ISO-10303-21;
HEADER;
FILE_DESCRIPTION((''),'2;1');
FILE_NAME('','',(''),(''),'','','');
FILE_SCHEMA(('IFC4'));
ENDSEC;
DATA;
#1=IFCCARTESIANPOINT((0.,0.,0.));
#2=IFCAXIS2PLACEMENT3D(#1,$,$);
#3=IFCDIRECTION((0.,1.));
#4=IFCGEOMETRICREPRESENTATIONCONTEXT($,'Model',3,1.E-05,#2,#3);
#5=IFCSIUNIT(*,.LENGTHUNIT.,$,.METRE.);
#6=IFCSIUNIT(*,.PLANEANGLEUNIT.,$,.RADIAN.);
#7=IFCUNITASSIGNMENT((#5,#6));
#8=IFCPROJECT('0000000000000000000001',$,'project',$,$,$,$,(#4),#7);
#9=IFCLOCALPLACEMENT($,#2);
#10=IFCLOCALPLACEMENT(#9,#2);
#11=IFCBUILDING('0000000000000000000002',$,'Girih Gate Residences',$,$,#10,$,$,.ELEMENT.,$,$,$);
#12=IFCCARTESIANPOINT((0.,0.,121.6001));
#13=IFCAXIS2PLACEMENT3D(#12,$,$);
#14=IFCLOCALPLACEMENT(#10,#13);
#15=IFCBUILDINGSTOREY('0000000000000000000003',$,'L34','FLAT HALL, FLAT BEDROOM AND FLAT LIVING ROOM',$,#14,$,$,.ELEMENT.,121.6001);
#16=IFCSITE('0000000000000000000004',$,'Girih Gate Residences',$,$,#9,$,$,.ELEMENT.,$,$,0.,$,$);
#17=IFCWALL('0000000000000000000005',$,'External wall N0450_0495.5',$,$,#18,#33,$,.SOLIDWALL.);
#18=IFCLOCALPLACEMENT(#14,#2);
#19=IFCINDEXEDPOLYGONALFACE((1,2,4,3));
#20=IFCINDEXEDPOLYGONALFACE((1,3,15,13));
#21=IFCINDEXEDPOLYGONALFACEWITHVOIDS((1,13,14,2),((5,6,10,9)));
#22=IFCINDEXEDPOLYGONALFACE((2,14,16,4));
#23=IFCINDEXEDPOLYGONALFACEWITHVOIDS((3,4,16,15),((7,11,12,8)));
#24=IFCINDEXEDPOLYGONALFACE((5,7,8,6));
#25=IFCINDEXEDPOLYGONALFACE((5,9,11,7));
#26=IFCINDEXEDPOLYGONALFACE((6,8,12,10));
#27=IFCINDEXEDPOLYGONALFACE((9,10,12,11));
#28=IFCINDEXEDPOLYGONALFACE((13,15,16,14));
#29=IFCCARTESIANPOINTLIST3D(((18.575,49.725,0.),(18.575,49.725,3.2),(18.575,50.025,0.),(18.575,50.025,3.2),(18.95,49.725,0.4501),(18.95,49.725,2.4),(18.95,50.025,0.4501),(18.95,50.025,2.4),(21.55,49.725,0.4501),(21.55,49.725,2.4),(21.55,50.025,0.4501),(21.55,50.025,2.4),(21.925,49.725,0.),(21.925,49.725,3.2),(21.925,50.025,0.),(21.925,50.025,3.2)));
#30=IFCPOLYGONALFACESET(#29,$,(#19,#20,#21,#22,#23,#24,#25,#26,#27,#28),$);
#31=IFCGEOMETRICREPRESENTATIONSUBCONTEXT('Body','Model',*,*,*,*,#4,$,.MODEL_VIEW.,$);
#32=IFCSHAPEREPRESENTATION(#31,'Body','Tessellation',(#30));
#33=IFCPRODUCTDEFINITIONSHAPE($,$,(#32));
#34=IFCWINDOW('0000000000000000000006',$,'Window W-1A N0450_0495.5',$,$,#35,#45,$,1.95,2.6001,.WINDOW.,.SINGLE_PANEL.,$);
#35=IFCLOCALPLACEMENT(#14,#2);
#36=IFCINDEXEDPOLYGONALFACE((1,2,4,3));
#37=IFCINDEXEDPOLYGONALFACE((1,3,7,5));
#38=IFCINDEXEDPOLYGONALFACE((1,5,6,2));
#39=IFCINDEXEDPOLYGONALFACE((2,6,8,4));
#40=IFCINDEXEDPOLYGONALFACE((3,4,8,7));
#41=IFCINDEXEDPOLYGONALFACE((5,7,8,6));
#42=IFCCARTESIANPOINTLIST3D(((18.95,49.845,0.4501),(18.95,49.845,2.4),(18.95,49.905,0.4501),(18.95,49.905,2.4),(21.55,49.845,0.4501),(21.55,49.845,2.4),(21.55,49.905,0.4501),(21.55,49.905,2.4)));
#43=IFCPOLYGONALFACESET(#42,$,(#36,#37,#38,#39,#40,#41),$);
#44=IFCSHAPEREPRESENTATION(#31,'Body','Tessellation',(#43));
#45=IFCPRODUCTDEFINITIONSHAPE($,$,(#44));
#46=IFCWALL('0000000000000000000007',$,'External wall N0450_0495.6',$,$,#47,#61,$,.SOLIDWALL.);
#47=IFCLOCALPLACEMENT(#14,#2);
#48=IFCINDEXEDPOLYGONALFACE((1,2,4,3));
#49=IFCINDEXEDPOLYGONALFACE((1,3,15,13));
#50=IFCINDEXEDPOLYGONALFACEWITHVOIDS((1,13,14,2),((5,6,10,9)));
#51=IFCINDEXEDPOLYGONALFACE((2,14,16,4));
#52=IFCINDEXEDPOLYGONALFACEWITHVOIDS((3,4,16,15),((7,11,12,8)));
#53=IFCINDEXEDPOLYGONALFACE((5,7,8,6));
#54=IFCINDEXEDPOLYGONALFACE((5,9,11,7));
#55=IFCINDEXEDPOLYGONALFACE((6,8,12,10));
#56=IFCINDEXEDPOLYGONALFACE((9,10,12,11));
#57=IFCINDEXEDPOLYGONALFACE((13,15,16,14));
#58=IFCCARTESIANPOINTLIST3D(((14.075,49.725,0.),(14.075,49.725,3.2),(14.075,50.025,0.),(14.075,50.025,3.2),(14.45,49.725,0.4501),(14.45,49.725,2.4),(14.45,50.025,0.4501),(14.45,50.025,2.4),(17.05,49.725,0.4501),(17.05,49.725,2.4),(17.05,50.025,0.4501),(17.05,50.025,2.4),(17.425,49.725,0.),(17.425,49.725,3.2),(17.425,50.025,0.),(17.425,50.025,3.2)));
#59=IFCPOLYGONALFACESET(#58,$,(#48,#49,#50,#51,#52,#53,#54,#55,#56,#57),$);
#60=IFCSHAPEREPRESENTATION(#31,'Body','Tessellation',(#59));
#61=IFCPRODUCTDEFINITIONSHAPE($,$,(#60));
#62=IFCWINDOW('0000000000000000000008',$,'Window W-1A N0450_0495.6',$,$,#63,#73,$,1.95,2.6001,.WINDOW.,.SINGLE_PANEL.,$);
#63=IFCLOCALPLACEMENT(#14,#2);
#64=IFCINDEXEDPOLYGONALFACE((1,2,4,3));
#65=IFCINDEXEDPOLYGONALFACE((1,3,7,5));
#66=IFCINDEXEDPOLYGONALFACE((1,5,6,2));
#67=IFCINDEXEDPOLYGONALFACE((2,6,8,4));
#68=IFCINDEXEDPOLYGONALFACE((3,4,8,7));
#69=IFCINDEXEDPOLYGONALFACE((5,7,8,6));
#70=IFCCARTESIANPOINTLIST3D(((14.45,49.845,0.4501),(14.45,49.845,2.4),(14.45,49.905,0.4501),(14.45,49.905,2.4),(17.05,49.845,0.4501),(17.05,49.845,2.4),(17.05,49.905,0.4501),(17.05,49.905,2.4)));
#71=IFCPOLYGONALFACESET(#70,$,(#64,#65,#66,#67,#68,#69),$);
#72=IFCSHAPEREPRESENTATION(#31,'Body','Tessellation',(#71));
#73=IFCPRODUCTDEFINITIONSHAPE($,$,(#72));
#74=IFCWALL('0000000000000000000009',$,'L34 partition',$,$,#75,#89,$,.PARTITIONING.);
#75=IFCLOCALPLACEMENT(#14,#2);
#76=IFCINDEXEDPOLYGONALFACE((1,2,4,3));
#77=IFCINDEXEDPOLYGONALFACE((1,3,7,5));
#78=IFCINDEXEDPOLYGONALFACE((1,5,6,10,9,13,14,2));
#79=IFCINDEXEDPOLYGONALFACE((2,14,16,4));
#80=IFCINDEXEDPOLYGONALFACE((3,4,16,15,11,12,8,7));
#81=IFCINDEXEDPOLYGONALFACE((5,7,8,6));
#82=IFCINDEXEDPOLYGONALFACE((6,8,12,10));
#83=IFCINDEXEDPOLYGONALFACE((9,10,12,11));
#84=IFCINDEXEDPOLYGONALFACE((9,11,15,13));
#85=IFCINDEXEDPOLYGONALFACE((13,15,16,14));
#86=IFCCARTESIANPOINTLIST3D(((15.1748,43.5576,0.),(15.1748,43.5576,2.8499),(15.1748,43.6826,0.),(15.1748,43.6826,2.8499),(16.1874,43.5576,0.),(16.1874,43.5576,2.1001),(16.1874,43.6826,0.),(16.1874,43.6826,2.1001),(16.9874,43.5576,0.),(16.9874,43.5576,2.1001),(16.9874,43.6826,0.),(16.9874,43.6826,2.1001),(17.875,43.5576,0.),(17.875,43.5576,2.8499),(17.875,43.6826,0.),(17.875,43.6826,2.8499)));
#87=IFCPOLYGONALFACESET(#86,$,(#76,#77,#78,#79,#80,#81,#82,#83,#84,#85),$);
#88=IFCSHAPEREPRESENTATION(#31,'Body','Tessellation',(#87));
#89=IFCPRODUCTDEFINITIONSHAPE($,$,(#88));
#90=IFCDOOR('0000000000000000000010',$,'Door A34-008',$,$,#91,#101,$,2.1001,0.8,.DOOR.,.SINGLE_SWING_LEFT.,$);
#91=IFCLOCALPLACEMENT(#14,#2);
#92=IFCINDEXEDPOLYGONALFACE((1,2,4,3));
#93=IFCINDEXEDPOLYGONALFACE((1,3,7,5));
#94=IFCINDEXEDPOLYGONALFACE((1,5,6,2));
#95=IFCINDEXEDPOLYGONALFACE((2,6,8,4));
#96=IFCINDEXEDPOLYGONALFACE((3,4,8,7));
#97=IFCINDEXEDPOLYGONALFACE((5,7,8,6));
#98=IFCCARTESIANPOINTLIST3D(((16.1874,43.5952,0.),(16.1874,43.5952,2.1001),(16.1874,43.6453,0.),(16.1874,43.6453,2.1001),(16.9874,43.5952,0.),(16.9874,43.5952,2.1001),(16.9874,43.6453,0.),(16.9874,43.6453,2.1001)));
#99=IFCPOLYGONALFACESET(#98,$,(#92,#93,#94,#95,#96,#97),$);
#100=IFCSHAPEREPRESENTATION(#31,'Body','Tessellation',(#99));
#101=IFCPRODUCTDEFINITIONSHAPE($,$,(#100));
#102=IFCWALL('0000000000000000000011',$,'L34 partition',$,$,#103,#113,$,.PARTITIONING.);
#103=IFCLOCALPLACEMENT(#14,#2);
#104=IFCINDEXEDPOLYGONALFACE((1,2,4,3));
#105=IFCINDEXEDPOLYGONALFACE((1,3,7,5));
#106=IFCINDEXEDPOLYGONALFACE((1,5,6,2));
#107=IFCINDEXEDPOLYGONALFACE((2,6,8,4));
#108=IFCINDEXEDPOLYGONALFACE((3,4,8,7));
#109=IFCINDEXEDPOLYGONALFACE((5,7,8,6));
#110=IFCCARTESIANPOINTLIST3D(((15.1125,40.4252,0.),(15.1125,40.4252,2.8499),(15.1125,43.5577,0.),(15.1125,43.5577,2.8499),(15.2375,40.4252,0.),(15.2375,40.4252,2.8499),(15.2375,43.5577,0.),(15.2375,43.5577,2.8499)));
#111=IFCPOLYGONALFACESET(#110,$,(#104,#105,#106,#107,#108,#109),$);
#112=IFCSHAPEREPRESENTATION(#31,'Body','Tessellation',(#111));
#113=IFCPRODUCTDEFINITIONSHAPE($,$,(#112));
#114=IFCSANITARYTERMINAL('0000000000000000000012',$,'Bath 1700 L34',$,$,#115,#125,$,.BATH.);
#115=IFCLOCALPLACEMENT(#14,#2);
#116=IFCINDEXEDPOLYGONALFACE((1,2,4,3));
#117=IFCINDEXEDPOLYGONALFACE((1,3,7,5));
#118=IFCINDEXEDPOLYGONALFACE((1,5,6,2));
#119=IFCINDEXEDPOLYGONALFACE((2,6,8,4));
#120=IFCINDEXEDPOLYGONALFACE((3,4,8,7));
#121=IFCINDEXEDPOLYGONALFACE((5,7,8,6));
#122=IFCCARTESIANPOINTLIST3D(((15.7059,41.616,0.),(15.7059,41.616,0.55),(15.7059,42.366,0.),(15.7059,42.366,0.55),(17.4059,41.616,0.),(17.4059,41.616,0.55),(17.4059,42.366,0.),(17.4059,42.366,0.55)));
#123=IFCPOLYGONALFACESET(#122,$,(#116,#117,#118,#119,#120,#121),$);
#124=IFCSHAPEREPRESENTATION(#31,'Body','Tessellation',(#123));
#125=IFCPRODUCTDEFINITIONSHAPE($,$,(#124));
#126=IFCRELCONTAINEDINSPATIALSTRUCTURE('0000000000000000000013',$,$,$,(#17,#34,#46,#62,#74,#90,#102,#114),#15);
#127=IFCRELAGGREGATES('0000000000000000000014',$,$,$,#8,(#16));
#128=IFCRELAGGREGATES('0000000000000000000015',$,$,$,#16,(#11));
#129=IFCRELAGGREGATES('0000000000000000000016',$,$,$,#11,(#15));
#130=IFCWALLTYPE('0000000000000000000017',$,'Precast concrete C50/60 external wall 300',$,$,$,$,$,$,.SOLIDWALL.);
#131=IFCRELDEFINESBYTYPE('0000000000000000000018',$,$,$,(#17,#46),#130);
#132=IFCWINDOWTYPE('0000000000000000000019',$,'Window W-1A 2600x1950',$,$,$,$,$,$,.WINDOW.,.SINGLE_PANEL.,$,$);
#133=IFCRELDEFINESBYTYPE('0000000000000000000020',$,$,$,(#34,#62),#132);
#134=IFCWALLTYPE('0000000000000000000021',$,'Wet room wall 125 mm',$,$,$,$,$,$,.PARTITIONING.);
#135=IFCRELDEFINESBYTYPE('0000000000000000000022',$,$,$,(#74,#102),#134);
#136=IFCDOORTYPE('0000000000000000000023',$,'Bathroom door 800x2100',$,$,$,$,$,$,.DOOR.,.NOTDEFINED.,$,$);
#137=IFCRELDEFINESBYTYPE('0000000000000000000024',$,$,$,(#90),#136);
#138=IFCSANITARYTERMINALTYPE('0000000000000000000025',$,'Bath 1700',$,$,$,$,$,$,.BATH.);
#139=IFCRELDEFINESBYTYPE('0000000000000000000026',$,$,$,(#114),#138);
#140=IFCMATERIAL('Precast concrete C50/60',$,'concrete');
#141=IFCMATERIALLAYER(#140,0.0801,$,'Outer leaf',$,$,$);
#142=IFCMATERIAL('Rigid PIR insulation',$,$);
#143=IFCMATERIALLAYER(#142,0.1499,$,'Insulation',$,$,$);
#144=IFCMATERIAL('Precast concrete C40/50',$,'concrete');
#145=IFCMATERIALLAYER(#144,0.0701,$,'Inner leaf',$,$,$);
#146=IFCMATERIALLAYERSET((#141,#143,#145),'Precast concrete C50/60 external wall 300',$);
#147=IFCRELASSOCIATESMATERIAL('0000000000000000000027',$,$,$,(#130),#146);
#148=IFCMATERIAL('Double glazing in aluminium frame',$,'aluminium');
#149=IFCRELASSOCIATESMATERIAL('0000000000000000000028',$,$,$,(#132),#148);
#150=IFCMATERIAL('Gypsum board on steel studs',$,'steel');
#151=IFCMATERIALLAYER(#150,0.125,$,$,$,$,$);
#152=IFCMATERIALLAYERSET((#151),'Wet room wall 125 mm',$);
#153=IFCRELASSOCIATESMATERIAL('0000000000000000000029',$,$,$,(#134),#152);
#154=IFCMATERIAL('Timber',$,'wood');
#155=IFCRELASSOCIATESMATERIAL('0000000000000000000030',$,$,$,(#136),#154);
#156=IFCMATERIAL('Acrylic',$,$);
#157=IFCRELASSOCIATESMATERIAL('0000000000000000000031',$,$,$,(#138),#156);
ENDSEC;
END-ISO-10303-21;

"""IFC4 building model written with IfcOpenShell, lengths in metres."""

from ifc_helpers import new_model, si_unit, direction, frame, frame_2d, origin, origin_2d, place, context, subcontext, project, spatial, rectangle, extrude, material, layer, layer_set, type_object, element, fill, save


model = new_model("IFC4")

# Units and contexts
model_context = context("Model", 3, precision=1e-05, world=origin(), true_north=direction((0.0, 1.0)))
body_context = subcontext(model_context, "Body", "Model", "MODEL_VIEW")
ifc_project = project(units=[si_unit("LENGTHUNIT", "METRE"), si_unit("PLANEANGLEUNIT", "RADIAN")], contexts=[model_context])

# Site, building, storey
site_placement = place(None, origin())
site = spatial("IfcSite", under=ifc_project, at=site_placement, Name="Girih Gate Residences", CompositionType="ELEMENT", RefElevation=0.0)
building_placement = place(site_placement, origin())
building = spatial("IfcBuilding", under=site, at=building_placement, Name="Girih Gate Residences", CompositionType="ELEMENT")
storey_placement = place(building_placement, frame((0.0, 0.0, 121.6001)))
storey = spatial("IfcBuildingStorey", under=building, at=storey_placement, Name="L34", Description="FLAT HALL, FLAT BEDROOM AND FLAT LIVING ROOM", CompositionType="ELEMENT", Elevation=121.6001)

# Shared definitions
ifc_material_1 = material(Name="Gypsum board on steel studs", Category="steel")

# Shared definitions
ifc_material_2 = material(Name="Timber", Category="wood")

# Walls, openings, windows
ifc_material_3 = material(Name="Precast concrete C50/60", Category="concrete")
ifc_layer_1 = layer(ifc_material_3, 0.0801, Name="Outer leaf")
ifc_material_4 = material(Name="Rigid PIR insulation")
ifc_layer_2 = layer(ifc_material_4, 0.1499, Name="Insulation")
ifc_material_5 = material(Name="Precast concrete C40/50", Category="concrete")
ifc_layer_3 = layer(ifc_material_5, 0.0701, Name="Inner leaf")
ifc_layer_set_1 = layer_set([ifc_layer_1, ifc_layer_2, ifc_layer_3], Name="Precast concrete C50/60 external wall 300")
wall_type_1 = type_object("IfcWallType", Name="Precast concrete C50/60 external wall 300", PredefinedType="SOLIDWALL", material=ifc_layer_set_1)
ifc_material_6 = material(Name="Double glazing in aluminium frame", Category="aluminium")
window_type = type_object("IfcWindowType", Name="Window W-1A 2600x1950", PartitioningType="SINGLE_PANEL", PredefinedType="WINDOW", material=ifc_material_6)
wall_1_placement = place(storey_placement, frame((18.575, 49.875, 0.0), z_axis=(0.0, 0.0, 1.0), x_axis=(1.0, 0.0, 0.0)))
wall_1 = element("IfcWall", 1, at=wall_1_placement, inside=storey, type_object=wall_type_1, Name="External wall N0450_0495.5", PredefinedType="SOLIDWALL", context=body_context, shape_type="SweptSolid", body=[
    extrude(rectangle(XDim=3.3501, YDim=0.3, at=frame_2d((1.675, 0.0))), origin(), (0.0, 0.0, 1.0), 3.2),
])
opening_1_placement = place(wall_1_placement, frame((0.375, 0.0, 0.45)))
opening_1 = element("IfcOpeningElement", 2, at=opening_1_placement, cuts=wall_1, PredefinedType="OPENING", context=body_context, shape_type="SweptSolid", body=[
    extrude(rectangle(XDim=2.6001, YDim=1.95, at=frame_2d((1.3, 0.9751))), frame((0.0, 0.1599, 0.0), z_axis=(0.0, -1.0, 0.0), x_axis=(1.0, 0.0, 0.0)), (0.0, 0.0, 1.0), 0.3201),
])
window_1_placement = place(opening_1_placement, origin())
window_1 = element("IfcWindow", 3, at=window_1_placement, inside=storey, type_object=window_type, Name="Window W-1A N0450_0495.5", OverallHeight=1.95, OverallWidth=2.6001, PartitioningType="SINGLE_PANEL", PredefinedType="WINDOW", context=body_context, shape_type="SweptSolid", body=[
    extrude(rectangle(XDim=2.6001, YDim=1.95, at=frame_2d((1.3, 0.9751))), frame((0.0, 0.03, 0.0), z_axis=(0.0, -1.0, 0.0), x_axis=(1.0, 0.0, 0.0)), (0.0, 0.0, 1.0), 0.0601),
])
fill(opening_1, window_1)
wall_2_placement = place(storey_placement, frame((14.075, 49.875, 0.0), z_axis=(0.0, 0.0, 1.0), x_axis=(1.0, 0.0, 0.0)))
wall_2 = element("IfcWall", 4, at=wall_2_placement, inside=storey, type_object=wall_type_1, Name="External wall N0450_0495.6", PredefinedType="SOLIDWALL", context=body_context, shape_type="SweptSolid", body=[
    extrude(rectangle(XDim=3.3501, YDim=0.3, at=frame_2d((1.675, 0.0))), origin(), (0.0, 0.0, 1.0), 3.2),
])
opening_2_placement = place(wall_2_placement, frame((0.375, 0.0, 0.45)))
opening_2 = element("IfcOpeningElement", 5, at=opening_2_placement, cuts=wall_2, PredefinedType="OPENING", context=body_context, shape_type="SweptSolid", body=[
    extrude(rectangle(XDim=2.6001, YDim=1.95, at=frame_2d((1.3, 0.9751))), frame((0.0, 0.1599, 0.0), z_axis=(0.0, -1.0, 0.0), x_axis=(1.0, 0.0, 0.0)), (0.0, 0.0, 1.0), 0.3201),
])
window_2_placement = place(opening_2_placement, origin())
window_2 = element("IfcWindow", 6, at=window_2_placement, inside=storey, type_object=window_type, Name="Window W-1A N0450_0495.6", OverallHeight=1.95, OverallWidth=2.6001, PartitioningType="SINGLE_PANEL", PredefinedType="WINDOW", context=body_context, shape_type="SweptSolid", body=[
    extrude(rectangle(XDim=2.6001, YDim=1.95, at=frame_2d((1.3, 0.9751))), frame((0.0, 0.03, 0.0), z_axis=(0.0, -1.0, 0.0), x_axis=(1.0, 0.0, 0.0)), (0.0, 0.0, 1.0), 0.0601),
])
fill(opening_2, window_2)

# Wall, opening, door
ifc_layer_4 = layer(ifc_material_1, 0.125)
ifc_layer_set_2 = layer_set([ifc_layer_4], Name="Wet room wall 125 mm")
wall_type_2 = type_object("IfcWallType", Name="Wet room wall 125 mm", PredefinedType="PARTITIONING", material=ifc_layer_set_2)
wall_3_placement = place(storey_placement, frame((17.875, 43.6201, 0.0), z_axis=(0.0, 0.0, 1.0), x_axis=(-1.0, 0.0, 0.0)))
wall_3 = element("IfcWall", 7, at=wall_3_placement, inside=storey, type_object=wall_type_2, Name="L34 partition", PredefinedType="PARTITIONING", context=body_context, shape_type="SweptSolid", body=[
    extrude(rectangle(XDim=2.7002, YDim=0.125, at=frame_2d((1.3501, 0.0))), origin(), (0.0, 0.0, 1.0), 2.8499),
])
opening_3_placement = place(wall_3_placement, frame((0.8877, 0.0, 0.0)))
opening_3 = element("IfcOpeningElement", 8, at=opening_3_placement, cuts=wall_3, PredefinedType="OPENING", context=body_context, shape_type="SweptSolid", body=[
    extrude(rectangle(XDim=0.8, YDim=2.1001, at=frame_2d((0.3999, 1.05))), frame((0.0, 0.0725, 0.0), z_axis=(0.0, -1.0, 0.0), x_axis=(1.0, 0.0, 0.0)), (0.0, 0.0, 1.0), 0.145),
])
door_type_1 = type_object("IfcDoorType", Name="Bathroom door 800x2100", OperationType="NOTDEFINED", PredefinedType="DOOR", material=ifc_material_2)
door_1_placement = place(opening_3_placement, origin())
door_1 = element("IfcDoor", 9, at=door_1_placement, inside=storey, type_object=door_type_1, Name="Door A34-008", OperationType="SINGLE_SWING_LEFT", OverallHeight=2.1001, OverallWidth=0.8, PredefinedType="DOOR", context=body_context, shape_type="SweptSolid", body=[
    extrude(rectangle(XDim=0.8, YDim=2.1001, at=frame_2d((0.3999, 1.05))), frame((0.0, 0.0249, 0.0), z_axis=(0.0, -1.0, 0.0), x_axis=(1.0, 0.0, 0.0)), (0.0, 0.0, 1.0), 0.05),
])
fill(opening_3, door_1)

# Wall
wall_4_placement = place(storey_placement, frame((15.175, 40.425, 0.0), z_axis=(0.0, 0.0, 1.0), x_axis=(0.0, 1.0, 0.0)))
element("IfcWall", 10, at=wall_4_placement, inside=storey, type_object=wall_type_2, Name="L34 partition", PredefinedType="PARTITIONING", context=body_context, shape_type="SweptSolid", body=[
    extrude(rectangle(XDim=3.1326, YDim=0.125, at=frame_2d((1.5664, 0.0))), origin(), (0.0, 0.0, 1.0), 2.8499),
])

# Sanitary terminal
ifc_material_7 = material(Name="Acrylic")
sanitary_terminal_type = type_object("IfcSanitaryTerminalType", Name="Bath 1700", PredefinedType="BATH", material=ifc_material_7)
sanitary_terminal_placement = place(storey_placement, frame((16.5559, 41.991, 0.0), z_axis=(0.0, 0.0, 1.0), x_axis=(1.0, 0.0, 0.0)))
element("IfcSanitaryTerminal", 11, at=sanitary_terminal_placement, inside=storey, type_object=sanitary_terminal_type, Name="Bath 1700 L34", PredefinedType="BATH", context=body_context, shape_type="SweptSolid", body=[
    extrude(rectangle(XDim=1.7, YDim=0.75, at=origin_2d()), origin(), (0.0, 0.0, 1.0), 0.55),
])

save(model, "model.ifc")
